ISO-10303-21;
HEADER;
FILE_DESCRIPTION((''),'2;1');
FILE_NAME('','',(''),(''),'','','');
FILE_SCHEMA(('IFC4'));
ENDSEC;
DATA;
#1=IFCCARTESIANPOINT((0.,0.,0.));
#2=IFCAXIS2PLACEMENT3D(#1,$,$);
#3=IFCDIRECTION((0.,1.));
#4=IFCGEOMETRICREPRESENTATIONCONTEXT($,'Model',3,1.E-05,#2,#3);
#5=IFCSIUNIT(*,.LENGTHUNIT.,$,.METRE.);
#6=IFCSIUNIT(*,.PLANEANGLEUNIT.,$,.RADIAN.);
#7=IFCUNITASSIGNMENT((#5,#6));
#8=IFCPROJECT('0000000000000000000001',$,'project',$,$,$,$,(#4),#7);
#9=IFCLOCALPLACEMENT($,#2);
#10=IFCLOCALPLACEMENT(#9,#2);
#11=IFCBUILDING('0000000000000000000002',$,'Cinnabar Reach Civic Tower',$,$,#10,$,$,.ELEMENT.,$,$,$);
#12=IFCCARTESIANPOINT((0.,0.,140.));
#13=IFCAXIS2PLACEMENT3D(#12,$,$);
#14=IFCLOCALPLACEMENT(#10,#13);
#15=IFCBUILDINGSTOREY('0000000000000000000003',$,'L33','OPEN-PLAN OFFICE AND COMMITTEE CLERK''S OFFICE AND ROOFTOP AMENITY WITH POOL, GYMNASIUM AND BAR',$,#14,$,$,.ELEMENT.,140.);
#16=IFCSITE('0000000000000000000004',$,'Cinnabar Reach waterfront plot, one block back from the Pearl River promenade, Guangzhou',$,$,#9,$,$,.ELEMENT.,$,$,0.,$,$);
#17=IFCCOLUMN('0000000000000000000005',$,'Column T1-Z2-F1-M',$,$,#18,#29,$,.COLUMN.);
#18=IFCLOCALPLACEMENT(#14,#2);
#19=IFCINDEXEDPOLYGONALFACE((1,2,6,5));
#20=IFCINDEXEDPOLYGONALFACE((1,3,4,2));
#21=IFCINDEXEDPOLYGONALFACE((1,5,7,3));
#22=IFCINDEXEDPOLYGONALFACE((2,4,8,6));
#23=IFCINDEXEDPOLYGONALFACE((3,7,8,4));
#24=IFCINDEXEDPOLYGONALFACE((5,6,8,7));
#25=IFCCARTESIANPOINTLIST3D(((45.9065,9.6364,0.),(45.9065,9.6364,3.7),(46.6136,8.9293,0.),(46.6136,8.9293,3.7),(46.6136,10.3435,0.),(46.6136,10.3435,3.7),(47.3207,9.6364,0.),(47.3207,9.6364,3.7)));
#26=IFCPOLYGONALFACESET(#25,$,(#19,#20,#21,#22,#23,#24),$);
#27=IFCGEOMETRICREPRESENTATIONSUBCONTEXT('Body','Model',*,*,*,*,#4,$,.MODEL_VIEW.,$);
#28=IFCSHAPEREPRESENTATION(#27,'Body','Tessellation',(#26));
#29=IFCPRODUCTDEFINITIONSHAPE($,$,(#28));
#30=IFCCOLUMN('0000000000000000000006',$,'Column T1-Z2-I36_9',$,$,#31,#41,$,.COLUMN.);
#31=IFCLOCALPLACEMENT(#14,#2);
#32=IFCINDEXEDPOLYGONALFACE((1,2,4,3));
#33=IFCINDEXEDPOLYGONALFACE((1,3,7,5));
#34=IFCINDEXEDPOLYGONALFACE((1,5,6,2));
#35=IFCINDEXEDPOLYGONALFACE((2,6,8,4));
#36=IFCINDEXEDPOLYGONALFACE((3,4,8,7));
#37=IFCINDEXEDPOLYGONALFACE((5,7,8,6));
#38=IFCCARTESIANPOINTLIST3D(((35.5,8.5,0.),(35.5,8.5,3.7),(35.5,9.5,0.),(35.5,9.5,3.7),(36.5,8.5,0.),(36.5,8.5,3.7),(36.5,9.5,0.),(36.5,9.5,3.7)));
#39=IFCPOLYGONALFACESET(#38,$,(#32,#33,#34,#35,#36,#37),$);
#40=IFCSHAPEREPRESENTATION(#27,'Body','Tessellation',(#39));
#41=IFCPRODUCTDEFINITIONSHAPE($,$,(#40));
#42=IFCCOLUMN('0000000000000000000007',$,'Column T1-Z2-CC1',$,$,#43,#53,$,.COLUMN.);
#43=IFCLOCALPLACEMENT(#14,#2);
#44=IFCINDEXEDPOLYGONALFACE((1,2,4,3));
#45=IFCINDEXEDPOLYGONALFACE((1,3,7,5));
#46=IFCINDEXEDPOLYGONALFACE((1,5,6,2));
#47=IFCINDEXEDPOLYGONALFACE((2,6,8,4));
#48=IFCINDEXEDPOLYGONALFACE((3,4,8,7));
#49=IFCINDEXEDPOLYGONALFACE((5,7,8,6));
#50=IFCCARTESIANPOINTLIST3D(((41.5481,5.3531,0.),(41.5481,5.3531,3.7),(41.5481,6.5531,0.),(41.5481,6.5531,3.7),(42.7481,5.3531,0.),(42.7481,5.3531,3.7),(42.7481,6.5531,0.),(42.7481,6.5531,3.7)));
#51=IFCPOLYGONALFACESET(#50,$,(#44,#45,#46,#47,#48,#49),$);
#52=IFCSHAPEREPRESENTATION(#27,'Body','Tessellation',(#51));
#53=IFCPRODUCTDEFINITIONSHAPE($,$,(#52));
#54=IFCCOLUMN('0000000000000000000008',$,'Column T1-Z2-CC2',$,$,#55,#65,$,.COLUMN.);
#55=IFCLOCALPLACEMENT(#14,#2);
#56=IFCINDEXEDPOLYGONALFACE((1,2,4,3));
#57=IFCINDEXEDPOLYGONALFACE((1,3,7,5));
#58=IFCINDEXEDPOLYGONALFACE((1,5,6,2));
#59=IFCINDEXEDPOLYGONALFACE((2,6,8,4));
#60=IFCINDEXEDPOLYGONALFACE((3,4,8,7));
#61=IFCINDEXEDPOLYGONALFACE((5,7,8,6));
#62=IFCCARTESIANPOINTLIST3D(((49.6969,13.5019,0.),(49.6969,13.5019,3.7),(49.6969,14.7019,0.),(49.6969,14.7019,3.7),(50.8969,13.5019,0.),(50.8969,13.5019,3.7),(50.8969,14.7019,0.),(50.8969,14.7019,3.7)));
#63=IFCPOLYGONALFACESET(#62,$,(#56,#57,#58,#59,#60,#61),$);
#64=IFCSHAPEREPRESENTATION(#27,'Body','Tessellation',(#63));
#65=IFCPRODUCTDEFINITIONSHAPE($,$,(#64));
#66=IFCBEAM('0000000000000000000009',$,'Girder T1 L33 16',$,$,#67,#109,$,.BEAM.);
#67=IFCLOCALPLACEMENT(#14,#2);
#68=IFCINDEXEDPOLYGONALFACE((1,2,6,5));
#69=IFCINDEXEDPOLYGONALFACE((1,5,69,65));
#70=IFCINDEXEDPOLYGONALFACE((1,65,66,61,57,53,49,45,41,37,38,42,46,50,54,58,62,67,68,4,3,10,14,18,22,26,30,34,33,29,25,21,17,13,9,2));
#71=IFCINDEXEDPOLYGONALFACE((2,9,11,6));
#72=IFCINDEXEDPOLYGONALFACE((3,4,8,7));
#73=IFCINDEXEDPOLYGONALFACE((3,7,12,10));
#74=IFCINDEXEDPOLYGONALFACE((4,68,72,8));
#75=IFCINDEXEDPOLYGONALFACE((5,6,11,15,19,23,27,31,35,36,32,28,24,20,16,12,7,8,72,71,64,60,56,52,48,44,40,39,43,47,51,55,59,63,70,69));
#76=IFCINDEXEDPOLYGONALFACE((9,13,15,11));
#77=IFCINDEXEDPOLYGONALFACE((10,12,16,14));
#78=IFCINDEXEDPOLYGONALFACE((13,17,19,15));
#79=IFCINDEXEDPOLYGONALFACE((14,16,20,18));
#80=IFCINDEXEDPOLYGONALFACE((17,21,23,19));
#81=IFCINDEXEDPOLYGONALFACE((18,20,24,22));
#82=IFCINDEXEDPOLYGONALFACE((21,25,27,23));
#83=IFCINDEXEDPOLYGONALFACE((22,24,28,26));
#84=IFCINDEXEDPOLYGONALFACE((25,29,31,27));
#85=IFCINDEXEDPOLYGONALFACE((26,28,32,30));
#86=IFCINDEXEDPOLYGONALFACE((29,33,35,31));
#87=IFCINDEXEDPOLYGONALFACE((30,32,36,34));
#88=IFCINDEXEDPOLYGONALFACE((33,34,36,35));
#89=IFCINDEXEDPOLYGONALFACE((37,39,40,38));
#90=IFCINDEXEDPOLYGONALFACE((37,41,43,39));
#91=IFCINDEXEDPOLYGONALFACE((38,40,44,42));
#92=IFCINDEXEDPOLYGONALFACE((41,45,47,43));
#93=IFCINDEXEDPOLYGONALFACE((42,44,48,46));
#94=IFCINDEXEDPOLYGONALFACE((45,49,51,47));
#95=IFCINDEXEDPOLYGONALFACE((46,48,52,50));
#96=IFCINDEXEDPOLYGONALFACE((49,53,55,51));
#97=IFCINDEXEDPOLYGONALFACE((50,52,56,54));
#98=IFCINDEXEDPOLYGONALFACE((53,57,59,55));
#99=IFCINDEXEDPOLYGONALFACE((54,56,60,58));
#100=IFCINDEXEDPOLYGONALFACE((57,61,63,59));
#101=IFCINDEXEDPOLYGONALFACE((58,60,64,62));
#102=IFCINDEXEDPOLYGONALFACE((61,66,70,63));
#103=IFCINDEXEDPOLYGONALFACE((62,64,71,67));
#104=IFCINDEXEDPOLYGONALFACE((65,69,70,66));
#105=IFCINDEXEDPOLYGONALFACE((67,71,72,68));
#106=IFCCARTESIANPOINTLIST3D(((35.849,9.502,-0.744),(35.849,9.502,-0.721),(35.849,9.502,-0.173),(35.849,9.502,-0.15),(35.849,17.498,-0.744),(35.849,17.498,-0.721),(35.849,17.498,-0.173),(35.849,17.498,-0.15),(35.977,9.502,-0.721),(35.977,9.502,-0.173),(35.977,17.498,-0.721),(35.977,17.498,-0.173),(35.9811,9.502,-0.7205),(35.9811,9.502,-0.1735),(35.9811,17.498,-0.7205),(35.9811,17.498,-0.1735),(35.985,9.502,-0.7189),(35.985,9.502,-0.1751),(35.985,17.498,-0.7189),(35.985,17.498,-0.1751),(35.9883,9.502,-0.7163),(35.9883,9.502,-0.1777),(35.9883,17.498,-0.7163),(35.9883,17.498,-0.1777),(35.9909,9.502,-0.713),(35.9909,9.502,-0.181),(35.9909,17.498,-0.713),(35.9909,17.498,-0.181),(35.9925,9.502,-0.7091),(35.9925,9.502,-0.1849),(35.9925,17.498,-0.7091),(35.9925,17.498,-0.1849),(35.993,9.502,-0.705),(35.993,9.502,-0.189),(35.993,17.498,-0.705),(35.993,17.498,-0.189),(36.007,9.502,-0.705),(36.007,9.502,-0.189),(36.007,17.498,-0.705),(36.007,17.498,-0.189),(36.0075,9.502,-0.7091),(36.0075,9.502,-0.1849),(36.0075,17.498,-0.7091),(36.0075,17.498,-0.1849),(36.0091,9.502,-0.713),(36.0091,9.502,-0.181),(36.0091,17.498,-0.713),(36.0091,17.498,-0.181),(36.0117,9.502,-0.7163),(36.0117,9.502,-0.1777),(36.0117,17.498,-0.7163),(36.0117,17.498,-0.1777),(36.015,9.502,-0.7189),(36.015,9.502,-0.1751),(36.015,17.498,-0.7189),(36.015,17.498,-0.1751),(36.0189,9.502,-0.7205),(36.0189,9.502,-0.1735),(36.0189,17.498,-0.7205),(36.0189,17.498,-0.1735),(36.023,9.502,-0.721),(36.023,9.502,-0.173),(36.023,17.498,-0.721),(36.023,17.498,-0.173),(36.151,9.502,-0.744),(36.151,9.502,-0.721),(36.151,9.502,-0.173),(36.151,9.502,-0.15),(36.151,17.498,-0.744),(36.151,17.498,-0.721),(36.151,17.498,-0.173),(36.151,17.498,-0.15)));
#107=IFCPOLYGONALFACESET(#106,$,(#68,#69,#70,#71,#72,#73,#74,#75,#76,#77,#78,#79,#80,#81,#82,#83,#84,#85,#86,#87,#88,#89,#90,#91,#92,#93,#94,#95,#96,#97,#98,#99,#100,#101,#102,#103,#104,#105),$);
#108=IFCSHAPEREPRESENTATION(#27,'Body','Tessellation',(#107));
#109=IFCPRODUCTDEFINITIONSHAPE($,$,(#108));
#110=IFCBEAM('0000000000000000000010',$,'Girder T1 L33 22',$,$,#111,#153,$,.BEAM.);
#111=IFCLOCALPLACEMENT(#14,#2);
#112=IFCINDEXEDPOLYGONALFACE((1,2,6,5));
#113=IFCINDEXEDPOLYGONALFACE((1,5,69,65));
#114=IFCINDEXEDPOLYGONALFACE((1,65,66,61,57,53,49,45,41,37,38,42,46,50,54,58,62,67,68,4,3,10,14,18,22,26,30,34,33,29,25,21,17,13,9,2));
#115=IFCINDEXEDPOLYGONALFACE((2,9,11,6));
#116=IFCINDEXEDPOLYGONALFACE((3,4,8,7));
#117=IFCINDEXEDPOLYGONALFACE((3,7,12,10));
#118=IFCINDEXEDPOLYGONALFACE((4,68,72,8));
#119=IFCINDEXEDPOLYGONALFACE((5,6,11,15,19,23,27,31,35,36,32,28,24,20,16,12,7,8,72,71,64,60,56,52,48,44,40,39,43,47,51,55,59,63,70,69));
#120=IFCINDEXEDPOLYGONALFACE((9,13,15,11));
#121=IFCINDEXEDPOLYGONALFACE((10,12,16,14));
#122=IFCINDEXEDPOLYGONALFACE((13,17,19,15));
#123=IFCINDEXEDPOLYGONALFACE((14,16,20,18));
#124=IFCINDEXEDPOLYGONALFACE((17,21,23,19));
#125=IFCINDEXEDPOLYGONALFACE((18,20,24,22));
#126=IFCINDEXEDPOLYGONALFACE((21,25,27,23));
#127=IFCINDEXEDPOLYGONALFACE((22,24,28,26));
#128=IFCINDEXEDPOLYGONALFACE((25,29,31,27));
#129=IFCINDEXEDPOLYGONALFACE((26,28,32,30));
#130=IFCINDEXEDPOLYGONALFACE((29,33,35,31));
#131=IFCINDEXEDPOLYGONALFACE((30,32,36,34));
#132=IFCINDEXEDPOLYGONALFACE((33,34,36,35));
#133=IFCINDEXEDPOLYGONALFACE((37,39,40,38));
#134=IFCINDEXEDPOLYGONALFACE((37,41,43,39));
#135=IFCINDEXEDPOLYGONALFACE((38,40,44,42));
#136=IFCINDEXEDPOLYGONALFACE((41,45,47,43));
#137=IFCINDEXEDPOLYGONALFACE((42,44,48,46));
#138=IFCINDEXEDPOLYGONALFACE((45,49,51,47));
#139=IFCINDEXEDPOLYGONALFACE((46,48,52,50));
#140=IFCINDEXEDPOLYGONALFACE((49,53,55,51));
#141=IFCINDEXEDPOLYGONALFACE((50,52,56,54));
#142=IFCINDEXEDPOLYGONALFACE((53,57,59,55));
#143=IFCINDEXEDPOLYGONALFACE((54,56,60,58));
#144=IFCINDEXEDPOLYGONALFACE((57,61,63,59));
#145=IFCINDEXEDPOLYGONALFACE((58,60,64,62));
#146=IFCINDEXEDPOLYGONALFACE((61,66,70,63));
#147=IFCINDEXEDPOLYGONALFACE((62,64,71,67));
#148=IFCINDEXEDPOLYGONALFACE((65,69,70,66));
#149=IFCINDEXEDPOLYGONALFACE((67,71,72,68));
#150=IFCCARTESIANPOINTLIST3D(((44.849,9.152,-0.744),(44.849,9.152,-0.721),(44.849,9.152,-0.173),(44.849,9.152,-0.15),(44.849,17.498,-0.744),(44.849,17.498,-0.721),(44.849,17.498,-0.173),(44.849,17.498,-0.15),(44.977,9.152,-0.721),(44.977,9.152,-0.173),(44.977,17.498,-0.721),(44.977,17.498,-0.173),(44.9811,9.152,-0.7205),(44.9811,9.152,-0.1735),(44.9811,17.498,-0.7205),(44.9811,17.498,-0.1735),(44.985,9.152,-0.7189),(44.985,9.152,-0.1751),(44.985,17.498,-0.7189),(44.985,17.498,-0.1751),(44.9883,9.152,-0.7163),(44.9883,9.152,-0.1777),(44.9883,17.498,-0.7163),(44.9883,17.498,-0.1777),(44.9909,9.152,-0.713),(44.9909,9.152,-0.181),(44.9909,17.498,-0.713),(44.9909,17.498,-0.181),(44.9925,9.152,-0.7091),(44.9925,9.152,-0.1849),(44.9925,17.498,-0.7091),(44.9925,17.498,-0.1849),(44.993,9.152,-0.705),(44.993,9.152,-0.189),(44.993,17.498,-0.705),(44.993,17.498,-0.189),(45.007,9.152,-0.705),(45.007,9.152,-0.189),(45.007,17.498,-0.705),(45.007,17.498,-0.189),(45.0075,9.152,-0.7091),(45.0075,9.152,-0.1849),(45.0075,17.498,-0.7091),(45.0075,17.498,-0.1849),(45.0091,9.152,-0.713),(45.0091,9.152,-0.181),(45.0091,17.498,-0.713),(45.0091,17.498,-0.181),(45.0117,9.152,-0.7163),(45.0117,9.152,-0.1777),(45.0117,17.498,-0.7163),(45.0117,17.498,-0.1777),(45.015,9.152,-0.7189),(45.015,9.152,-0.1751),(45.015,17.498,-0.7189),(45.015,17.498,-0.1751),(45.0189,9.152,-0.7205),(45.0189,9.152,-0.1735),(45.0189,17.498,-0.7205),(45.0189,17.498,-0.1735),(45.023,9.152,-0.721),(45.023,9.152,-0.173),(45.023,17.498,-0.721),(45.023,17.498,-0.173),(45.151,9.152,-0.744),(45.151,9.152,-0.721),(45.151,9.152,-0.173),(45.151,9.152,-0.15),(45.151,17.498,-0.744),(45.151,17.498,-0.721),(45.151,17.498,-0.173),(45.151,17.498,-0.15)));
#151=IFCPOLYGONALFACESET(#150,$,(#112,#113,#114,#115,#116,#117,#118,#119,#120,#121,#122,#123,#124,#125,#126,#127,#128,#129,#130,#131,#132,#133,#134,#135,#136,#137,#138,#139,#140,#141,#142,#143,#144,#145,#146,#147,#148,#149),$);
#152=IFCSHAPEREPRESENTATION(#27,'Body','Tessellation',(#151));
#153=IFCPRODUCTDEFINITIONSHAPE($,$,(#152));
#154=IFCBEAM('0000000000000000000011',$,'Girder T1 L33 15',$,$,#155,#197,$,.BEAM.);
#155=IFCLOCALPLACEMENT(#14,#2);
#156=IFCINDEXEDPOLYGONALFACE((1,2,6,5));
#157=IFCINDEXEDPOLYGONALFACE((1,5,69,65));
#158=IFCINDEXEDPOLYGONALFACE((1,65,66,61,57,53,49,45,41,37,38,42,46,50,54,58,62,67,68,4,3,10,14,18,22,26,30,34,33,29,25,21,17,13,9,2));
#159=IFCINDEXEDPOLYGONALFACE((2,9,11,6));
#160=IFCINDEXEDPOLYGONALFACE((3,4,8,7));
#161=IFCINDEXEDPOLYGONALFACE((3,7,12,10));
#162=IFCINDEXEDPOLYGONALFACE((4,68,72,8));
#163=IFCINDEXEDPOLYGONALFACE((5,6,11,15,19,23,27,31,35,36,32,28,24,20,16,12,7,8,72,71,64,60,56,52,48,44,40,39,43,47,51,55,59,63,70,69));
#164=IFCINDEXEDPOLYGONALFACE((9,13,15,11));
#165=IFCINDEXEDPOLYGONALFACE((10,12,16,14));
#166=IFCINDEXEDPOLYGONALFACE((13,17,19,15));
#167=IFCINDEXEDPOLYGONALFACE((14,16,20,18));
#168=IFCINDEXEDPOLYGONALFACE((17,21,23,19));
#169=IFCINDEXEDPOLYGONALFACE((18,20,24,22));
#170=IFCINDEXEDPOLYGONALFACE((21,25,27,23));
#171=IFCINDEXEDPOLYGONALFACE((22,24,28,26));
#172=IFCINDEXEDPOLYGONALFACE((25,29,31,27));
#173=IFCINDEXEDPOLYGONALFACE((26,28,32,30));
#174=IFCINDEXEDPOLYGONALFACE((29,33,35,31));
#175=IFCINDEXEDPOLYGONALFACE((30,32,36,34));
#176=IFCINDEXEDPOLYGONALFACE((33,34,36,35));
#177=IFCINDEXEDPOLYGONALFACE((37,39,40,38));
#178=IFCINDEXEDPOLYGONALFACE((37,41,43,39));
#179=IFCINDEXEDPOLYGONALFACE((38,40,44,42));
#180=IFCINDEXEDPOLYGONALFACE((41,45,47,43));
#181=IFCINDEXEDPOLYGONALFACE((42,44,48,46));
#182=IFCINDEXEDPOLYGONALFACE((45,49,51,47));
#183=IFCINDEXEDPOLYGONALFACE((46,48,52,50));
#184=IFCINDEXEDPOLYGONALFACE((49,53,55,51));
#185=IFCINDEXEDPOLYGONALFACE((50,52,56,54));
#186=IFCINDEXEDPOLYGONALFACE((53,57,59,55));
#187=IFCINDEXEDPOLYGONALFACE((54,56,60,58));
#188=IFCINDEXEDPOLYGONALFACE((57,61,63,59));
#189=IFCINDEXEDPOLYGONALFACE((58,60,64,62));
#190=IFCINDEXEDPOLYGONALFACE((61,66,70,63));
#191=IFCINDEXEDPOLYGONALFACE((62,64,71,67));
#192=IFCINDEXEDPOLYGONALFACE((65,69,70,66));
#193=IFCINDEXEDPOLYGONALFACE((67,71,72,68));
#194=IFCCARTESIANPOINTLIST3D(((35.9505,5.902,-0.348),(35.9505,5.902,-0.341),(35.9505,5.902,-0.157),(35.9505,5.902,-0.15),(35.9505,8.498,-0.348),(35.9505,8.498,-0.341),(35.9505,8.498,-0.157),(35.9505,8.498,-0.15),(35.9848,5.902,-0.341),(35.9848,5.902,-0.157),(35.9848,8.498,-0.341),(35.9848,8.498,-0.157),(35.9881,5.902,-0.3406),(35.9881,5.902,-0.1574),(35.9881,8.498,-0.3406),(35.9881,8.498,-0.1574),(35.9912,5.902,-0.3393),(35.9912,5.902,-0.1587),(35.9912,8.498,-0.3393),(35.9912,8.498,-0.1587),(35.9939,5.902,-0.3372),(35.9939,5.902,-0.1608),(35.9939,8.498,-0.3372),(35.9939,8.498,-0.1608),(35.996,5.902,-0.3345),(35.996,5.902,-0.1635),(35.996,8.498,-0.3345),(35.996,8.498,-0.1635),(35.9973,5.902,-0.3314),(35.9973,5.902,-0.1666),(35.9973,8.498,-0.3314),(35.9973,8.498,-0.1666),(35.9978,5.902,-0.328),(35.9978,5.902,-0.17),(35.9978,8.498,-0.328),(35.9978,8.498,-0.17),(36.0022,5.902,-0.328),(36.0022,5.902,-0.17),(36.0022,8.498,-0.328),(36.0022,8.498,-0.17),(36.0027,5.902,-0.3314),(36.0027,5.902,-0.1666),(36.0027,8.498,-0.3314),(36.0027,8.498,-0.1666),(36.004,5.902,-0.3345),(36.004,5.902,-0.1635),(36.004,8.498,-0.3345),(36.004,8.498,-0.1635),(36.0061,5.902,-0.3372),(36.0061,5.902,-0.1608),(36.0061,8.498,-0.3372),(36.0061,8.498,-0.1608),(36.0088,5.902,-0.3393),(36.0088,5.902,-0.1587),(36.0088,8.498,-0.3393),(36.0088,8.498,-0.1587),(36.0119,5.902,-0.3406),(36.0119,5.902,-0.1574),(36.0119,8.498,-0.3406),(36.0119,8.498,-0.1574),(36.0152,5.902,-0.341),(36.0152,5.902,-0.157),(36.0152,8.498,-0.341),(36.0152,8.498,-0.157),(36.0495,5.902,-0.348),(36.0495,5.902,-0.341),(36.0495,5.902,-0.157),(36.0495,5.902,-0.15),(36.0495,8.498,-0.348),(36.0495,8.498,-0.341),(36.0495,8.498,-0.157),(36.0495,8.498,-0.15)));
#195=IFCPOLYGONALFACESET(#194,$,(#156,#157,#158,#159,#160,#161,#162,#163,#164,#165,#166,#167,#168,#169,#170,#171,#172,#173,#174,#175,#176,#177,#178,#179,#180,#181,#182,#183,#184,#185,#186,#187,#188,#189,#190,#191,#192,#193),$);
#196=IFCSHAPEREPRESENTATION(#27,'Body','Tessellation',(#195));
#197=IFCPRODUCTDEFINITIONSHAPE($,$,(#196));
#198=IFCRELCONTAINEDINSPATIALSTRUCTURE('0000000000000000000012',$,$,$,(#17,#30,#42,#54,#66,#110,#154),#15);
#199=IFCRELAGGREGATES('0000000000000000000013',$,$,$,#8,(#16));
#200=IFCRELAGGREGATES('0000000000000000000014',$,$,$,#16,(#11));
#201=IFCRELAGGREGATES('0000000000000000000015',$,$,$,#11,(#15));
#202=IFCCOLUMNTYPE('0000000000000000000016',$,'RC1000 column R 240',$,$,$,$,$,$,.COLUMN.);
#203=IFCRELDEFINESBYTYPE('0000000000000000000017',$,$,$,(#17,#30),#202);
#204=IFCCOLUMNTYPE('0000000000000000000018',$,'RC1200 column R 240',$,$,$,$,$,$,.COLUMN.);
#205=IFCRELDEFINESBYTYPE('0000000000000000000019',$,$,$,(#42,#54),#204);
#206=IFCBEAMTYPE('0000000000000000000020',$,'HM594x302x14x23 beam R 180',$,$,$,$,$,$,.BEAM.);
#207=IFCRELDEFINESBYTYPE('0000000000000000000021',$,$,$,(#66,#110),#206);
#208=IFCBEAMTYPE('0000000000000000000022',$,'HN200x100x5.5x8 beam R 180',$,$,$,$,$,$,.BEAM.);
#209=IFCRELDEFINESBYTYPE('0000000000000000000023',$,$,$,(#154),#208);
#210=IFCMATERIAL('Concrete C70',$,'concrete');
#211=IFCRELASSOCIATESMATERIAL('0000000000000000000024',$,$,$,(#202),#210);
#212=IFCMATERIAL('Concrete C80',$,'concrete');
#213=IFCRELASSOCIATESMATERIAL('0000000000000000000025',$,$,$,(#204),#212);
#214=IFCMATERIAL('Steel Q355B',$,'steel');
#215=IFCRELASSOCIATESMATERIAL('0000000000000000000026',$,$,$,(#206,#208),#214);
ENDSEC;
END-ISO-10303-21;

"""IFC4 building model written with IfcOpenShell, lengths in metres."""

from ifc_helpers import new_model, si_unit, direction, frame, origin, origin_2d, place, context, subcontext, project, spatial, rectangle, i_section, extrude, material, material_profile, profile_set, type_object, element, save


model = new_model("IFC4")

# Units and contexts
model_context = context("Model", 3, precision=1e-05, world=origin(), true_north=direction((0.0, 1.0)))
body_context = subcontext(model_context, "Body", "Model", "MODEL_VIEW")
ifc_project = project(units=[si_unit("LENGTHUNIT", "METRE"), si_unit("PLANEANGLEUNIT", "RADIAN")], contexts=[model_context])

# Site, building, storey
site_placement = place(None, origin())
site = spatial("IfcSite", under=ifc_project, at=site_placement, Name="Cinnabar Reach waterfront plot, one block back from the Pearl River promenade, Guangzhou", CompositionType="ELEMENT", RefElevation=0.0)
building_placement = place(site_placement, origin())
building = spatial("IfcBuilding", under=site, at=building_placement, Name="Cinnabar Reach Civic Tower", CompositionType="ELEMENT")
storey_placement = place(building_placement, frame((0.0, 0.0, 140.0)))
storey = spatial("IfcBuildingStorey", under=building, at=storey_placement, Name="L33", Description="OPEN-PLAN OFFICE AND COMMITTEE CLERK'S OFFICE AND ROOFTOP AMENITY WITH POOL, GYMNASIUM AND BAR", CompositionType="ELEMENT", Elevation=140.0)

# Columns
ifc_material_1 = material(Name="Concrete C70", Category="concrete")
ifc_material_profile_1 = material_profile(ifc_material_1, rectangle(XDim=1.0, YDim=1.0, at=origin_2d()), Name="RC1000")
ifc_profile_set_1 = profile_set([ifc_material_profile_1], Name="Concrete C70")
column_type_1 = type_object("IfcColumnType", Name="RC1000 column R 240", PredefinedType="COLUMN", material=ifc_profile_set_1)
for number, where, z_axis, x_axis, name in (
    (1, (46.6136, 9.6364, 0.0), (0.0, 0.0, 1.0), (0.707107, 0.707107, 0.0), "Column T1-Z2-F1-M"),
    (2, (36.0, 9.0, 0.0), (0.0, 0.0, 1.0), (1.0, 0.0, 0.0), "Column T1-Z2-I36_9"),
):
    element("IfcColumn", number, at=place(storey_placement, frame(where, z_axis=z_axis, x_axis=x_axis)), inside=storey, type_object=column_type_1, Name=name, PredefinedType="COLUMN", context=body_context, shape_type="SweptSolid", body=[
        extrude(rectangle(XDim=1.0, YDim=1.0, at=origin_2d()), origin(), (0.0, 0.0, 1.0), 3.7),
    ])
ifc_material_2 = material(Name="Concrete C80", Category="concrete")
ifc_material_profile_2 = material_profile(ifc_material_2, rectangle(XDim=1.2, YDim=1.2, at=origin_2d()), Name="RC1200")
ifc_profile_set_2 = profile_set([ifc_material_profile_2], Name="Concrete C80")
column_type_2 = type_object("IfcColumnType", Name="RC1200 column R 240", PredefinedType="COLUMN", material=ifc_profile_set_2)
for number, where, z_axis, x_axis, name in (
    (3, (42.1481, 5.9531, 0.0), (0.0, 0.0, 1.0), (1.0, 0.0, 0.0), "Column T1-Z2-CC1"),
    (4, (50.2969, 14.1019, 0.0), (0.0, 0.0, 1.0), (1.0, 0.0, 0.0), "Column T1-Z2-CC2"),
):
    element("IfcColumn", number, at=place(storey_placement, frame(where, z_axis=z_axis, x_axis=x_axis)), inside=storey, type_object=column_type_2, Name=name, PredefinedType="COLUMN", context=body_context, shape_type="SweptSolid", body=[
        extrude(rectangle(XDim=1.2, YDim=1.2, at=origin_2d()), origin(), (0.0, 0.0, 1.0), 3.7),
    ])

# Beams
ifc_material_3 = material(Name="Steel Q355B", Category="steel")
ifc_material_profile_3 = material_profile(ifc_material_3, i_section(OverallWidth=0.302, OverallDepth=0.594, WebThickness=0.014, FlangeThickness=0.023, FilletRadius=0.016, at=origin_2d()), Name="HM594x302x14x23")
ifc_profile_set_3 = profile_set([ifc_material_profile_3], Name="Steel Q355B")
beam_type_1 = type_object("IfcBeamType", Name="HM594x302x14x23 beam R 180", PredefinedType="BEAM", material=ifc_profile_set_3)
beam_1_placement = place(storey_placement, frame((36.0, 9.502, -0.447), z_axis=(0.0, 1.0, 0.0), x_axis=(-1.0, 0.0, 0.0)))
element("IfcBeam", 5, at=beam_1_placement, inside=storey, type_object=beam_type_1, Name="Girder T1 L33 16", PredefinedType="BEAM", context=body_context, shape_type="SweptSolid", body=[
    extrude(i_section(OverallWidth=0.302, OverallDepth=0.594, WebThickness=0.014, FlangeThickness=0.023, FilletRadius=0.016, at=origin_2d()), origin(), (0.0, 0.0, 1.0), 7.996),
])
beam_2_placement = place(storey_placement, frame((45.0, 9.152, -0.447), z_axis=(0.0, 1.0, 0.0), x_axis=(-1.0, 0.0, 0.0)))
element("IfcBeam", 6, at=beam_2_placement, inside=storey, type_object=beam_type_1, Name="Girder T1 L33 22", PredefinedType="BEAM", context=body_context, shape_type="SweptSolid", body=[
    extrude(i_section(OverallWidth=0.302, OverallDepth=0.594, WebThickness=0.014, FlangeThickness=0.023, FilletRadius=0.016, at=origin_2d()), origin(), (0.0, 0.0, 1.0), 8.346),
])
ifc_material_profile_4 = material_profile(ifc_material_3, i_section(OverallWidth=0.099, OverallDepth=0.198, WebThickness=0.0045, FlangeThickness=0.007, FilletRadius=0.013, at=origin_2d()), Name="HN200x100x5.5x8")
ifc_profile_set_4 = profile_set([ifc_material_profile_4], Name="Steel Q355B")
beam_type_2 = type_object("IfcBeamType", Name="HN200x100x5.5x8 beam R 180", PredefinedType="BEAM", material=ifc_profile_set_4)
beam_3_placement = place(storey_placement, frame((36.0, 5.902, -0.249), z_axis=(0.0, 1.0, 0.0), x_axis=(-1.0, 0.0, 0.0)))
element("IfcBeam", 7, at=beam_3_placement, inside=storey, type_object=beam_type_2, Name="Girder T1 L33 15", PredefinedType="BEAM", context=body_context, shape_type="SweptSolid", body=[
    extrude(i_section(OverallWidth=0.099, OverallDepth=0.198, WebThickness=0.0045, FlangeThickness=0.007, FilletRadius=0.013, at=origin_2d()), origin(), (0.0, 0.0, 1.0), 2.596),
])

save(model, "model.ifc")
